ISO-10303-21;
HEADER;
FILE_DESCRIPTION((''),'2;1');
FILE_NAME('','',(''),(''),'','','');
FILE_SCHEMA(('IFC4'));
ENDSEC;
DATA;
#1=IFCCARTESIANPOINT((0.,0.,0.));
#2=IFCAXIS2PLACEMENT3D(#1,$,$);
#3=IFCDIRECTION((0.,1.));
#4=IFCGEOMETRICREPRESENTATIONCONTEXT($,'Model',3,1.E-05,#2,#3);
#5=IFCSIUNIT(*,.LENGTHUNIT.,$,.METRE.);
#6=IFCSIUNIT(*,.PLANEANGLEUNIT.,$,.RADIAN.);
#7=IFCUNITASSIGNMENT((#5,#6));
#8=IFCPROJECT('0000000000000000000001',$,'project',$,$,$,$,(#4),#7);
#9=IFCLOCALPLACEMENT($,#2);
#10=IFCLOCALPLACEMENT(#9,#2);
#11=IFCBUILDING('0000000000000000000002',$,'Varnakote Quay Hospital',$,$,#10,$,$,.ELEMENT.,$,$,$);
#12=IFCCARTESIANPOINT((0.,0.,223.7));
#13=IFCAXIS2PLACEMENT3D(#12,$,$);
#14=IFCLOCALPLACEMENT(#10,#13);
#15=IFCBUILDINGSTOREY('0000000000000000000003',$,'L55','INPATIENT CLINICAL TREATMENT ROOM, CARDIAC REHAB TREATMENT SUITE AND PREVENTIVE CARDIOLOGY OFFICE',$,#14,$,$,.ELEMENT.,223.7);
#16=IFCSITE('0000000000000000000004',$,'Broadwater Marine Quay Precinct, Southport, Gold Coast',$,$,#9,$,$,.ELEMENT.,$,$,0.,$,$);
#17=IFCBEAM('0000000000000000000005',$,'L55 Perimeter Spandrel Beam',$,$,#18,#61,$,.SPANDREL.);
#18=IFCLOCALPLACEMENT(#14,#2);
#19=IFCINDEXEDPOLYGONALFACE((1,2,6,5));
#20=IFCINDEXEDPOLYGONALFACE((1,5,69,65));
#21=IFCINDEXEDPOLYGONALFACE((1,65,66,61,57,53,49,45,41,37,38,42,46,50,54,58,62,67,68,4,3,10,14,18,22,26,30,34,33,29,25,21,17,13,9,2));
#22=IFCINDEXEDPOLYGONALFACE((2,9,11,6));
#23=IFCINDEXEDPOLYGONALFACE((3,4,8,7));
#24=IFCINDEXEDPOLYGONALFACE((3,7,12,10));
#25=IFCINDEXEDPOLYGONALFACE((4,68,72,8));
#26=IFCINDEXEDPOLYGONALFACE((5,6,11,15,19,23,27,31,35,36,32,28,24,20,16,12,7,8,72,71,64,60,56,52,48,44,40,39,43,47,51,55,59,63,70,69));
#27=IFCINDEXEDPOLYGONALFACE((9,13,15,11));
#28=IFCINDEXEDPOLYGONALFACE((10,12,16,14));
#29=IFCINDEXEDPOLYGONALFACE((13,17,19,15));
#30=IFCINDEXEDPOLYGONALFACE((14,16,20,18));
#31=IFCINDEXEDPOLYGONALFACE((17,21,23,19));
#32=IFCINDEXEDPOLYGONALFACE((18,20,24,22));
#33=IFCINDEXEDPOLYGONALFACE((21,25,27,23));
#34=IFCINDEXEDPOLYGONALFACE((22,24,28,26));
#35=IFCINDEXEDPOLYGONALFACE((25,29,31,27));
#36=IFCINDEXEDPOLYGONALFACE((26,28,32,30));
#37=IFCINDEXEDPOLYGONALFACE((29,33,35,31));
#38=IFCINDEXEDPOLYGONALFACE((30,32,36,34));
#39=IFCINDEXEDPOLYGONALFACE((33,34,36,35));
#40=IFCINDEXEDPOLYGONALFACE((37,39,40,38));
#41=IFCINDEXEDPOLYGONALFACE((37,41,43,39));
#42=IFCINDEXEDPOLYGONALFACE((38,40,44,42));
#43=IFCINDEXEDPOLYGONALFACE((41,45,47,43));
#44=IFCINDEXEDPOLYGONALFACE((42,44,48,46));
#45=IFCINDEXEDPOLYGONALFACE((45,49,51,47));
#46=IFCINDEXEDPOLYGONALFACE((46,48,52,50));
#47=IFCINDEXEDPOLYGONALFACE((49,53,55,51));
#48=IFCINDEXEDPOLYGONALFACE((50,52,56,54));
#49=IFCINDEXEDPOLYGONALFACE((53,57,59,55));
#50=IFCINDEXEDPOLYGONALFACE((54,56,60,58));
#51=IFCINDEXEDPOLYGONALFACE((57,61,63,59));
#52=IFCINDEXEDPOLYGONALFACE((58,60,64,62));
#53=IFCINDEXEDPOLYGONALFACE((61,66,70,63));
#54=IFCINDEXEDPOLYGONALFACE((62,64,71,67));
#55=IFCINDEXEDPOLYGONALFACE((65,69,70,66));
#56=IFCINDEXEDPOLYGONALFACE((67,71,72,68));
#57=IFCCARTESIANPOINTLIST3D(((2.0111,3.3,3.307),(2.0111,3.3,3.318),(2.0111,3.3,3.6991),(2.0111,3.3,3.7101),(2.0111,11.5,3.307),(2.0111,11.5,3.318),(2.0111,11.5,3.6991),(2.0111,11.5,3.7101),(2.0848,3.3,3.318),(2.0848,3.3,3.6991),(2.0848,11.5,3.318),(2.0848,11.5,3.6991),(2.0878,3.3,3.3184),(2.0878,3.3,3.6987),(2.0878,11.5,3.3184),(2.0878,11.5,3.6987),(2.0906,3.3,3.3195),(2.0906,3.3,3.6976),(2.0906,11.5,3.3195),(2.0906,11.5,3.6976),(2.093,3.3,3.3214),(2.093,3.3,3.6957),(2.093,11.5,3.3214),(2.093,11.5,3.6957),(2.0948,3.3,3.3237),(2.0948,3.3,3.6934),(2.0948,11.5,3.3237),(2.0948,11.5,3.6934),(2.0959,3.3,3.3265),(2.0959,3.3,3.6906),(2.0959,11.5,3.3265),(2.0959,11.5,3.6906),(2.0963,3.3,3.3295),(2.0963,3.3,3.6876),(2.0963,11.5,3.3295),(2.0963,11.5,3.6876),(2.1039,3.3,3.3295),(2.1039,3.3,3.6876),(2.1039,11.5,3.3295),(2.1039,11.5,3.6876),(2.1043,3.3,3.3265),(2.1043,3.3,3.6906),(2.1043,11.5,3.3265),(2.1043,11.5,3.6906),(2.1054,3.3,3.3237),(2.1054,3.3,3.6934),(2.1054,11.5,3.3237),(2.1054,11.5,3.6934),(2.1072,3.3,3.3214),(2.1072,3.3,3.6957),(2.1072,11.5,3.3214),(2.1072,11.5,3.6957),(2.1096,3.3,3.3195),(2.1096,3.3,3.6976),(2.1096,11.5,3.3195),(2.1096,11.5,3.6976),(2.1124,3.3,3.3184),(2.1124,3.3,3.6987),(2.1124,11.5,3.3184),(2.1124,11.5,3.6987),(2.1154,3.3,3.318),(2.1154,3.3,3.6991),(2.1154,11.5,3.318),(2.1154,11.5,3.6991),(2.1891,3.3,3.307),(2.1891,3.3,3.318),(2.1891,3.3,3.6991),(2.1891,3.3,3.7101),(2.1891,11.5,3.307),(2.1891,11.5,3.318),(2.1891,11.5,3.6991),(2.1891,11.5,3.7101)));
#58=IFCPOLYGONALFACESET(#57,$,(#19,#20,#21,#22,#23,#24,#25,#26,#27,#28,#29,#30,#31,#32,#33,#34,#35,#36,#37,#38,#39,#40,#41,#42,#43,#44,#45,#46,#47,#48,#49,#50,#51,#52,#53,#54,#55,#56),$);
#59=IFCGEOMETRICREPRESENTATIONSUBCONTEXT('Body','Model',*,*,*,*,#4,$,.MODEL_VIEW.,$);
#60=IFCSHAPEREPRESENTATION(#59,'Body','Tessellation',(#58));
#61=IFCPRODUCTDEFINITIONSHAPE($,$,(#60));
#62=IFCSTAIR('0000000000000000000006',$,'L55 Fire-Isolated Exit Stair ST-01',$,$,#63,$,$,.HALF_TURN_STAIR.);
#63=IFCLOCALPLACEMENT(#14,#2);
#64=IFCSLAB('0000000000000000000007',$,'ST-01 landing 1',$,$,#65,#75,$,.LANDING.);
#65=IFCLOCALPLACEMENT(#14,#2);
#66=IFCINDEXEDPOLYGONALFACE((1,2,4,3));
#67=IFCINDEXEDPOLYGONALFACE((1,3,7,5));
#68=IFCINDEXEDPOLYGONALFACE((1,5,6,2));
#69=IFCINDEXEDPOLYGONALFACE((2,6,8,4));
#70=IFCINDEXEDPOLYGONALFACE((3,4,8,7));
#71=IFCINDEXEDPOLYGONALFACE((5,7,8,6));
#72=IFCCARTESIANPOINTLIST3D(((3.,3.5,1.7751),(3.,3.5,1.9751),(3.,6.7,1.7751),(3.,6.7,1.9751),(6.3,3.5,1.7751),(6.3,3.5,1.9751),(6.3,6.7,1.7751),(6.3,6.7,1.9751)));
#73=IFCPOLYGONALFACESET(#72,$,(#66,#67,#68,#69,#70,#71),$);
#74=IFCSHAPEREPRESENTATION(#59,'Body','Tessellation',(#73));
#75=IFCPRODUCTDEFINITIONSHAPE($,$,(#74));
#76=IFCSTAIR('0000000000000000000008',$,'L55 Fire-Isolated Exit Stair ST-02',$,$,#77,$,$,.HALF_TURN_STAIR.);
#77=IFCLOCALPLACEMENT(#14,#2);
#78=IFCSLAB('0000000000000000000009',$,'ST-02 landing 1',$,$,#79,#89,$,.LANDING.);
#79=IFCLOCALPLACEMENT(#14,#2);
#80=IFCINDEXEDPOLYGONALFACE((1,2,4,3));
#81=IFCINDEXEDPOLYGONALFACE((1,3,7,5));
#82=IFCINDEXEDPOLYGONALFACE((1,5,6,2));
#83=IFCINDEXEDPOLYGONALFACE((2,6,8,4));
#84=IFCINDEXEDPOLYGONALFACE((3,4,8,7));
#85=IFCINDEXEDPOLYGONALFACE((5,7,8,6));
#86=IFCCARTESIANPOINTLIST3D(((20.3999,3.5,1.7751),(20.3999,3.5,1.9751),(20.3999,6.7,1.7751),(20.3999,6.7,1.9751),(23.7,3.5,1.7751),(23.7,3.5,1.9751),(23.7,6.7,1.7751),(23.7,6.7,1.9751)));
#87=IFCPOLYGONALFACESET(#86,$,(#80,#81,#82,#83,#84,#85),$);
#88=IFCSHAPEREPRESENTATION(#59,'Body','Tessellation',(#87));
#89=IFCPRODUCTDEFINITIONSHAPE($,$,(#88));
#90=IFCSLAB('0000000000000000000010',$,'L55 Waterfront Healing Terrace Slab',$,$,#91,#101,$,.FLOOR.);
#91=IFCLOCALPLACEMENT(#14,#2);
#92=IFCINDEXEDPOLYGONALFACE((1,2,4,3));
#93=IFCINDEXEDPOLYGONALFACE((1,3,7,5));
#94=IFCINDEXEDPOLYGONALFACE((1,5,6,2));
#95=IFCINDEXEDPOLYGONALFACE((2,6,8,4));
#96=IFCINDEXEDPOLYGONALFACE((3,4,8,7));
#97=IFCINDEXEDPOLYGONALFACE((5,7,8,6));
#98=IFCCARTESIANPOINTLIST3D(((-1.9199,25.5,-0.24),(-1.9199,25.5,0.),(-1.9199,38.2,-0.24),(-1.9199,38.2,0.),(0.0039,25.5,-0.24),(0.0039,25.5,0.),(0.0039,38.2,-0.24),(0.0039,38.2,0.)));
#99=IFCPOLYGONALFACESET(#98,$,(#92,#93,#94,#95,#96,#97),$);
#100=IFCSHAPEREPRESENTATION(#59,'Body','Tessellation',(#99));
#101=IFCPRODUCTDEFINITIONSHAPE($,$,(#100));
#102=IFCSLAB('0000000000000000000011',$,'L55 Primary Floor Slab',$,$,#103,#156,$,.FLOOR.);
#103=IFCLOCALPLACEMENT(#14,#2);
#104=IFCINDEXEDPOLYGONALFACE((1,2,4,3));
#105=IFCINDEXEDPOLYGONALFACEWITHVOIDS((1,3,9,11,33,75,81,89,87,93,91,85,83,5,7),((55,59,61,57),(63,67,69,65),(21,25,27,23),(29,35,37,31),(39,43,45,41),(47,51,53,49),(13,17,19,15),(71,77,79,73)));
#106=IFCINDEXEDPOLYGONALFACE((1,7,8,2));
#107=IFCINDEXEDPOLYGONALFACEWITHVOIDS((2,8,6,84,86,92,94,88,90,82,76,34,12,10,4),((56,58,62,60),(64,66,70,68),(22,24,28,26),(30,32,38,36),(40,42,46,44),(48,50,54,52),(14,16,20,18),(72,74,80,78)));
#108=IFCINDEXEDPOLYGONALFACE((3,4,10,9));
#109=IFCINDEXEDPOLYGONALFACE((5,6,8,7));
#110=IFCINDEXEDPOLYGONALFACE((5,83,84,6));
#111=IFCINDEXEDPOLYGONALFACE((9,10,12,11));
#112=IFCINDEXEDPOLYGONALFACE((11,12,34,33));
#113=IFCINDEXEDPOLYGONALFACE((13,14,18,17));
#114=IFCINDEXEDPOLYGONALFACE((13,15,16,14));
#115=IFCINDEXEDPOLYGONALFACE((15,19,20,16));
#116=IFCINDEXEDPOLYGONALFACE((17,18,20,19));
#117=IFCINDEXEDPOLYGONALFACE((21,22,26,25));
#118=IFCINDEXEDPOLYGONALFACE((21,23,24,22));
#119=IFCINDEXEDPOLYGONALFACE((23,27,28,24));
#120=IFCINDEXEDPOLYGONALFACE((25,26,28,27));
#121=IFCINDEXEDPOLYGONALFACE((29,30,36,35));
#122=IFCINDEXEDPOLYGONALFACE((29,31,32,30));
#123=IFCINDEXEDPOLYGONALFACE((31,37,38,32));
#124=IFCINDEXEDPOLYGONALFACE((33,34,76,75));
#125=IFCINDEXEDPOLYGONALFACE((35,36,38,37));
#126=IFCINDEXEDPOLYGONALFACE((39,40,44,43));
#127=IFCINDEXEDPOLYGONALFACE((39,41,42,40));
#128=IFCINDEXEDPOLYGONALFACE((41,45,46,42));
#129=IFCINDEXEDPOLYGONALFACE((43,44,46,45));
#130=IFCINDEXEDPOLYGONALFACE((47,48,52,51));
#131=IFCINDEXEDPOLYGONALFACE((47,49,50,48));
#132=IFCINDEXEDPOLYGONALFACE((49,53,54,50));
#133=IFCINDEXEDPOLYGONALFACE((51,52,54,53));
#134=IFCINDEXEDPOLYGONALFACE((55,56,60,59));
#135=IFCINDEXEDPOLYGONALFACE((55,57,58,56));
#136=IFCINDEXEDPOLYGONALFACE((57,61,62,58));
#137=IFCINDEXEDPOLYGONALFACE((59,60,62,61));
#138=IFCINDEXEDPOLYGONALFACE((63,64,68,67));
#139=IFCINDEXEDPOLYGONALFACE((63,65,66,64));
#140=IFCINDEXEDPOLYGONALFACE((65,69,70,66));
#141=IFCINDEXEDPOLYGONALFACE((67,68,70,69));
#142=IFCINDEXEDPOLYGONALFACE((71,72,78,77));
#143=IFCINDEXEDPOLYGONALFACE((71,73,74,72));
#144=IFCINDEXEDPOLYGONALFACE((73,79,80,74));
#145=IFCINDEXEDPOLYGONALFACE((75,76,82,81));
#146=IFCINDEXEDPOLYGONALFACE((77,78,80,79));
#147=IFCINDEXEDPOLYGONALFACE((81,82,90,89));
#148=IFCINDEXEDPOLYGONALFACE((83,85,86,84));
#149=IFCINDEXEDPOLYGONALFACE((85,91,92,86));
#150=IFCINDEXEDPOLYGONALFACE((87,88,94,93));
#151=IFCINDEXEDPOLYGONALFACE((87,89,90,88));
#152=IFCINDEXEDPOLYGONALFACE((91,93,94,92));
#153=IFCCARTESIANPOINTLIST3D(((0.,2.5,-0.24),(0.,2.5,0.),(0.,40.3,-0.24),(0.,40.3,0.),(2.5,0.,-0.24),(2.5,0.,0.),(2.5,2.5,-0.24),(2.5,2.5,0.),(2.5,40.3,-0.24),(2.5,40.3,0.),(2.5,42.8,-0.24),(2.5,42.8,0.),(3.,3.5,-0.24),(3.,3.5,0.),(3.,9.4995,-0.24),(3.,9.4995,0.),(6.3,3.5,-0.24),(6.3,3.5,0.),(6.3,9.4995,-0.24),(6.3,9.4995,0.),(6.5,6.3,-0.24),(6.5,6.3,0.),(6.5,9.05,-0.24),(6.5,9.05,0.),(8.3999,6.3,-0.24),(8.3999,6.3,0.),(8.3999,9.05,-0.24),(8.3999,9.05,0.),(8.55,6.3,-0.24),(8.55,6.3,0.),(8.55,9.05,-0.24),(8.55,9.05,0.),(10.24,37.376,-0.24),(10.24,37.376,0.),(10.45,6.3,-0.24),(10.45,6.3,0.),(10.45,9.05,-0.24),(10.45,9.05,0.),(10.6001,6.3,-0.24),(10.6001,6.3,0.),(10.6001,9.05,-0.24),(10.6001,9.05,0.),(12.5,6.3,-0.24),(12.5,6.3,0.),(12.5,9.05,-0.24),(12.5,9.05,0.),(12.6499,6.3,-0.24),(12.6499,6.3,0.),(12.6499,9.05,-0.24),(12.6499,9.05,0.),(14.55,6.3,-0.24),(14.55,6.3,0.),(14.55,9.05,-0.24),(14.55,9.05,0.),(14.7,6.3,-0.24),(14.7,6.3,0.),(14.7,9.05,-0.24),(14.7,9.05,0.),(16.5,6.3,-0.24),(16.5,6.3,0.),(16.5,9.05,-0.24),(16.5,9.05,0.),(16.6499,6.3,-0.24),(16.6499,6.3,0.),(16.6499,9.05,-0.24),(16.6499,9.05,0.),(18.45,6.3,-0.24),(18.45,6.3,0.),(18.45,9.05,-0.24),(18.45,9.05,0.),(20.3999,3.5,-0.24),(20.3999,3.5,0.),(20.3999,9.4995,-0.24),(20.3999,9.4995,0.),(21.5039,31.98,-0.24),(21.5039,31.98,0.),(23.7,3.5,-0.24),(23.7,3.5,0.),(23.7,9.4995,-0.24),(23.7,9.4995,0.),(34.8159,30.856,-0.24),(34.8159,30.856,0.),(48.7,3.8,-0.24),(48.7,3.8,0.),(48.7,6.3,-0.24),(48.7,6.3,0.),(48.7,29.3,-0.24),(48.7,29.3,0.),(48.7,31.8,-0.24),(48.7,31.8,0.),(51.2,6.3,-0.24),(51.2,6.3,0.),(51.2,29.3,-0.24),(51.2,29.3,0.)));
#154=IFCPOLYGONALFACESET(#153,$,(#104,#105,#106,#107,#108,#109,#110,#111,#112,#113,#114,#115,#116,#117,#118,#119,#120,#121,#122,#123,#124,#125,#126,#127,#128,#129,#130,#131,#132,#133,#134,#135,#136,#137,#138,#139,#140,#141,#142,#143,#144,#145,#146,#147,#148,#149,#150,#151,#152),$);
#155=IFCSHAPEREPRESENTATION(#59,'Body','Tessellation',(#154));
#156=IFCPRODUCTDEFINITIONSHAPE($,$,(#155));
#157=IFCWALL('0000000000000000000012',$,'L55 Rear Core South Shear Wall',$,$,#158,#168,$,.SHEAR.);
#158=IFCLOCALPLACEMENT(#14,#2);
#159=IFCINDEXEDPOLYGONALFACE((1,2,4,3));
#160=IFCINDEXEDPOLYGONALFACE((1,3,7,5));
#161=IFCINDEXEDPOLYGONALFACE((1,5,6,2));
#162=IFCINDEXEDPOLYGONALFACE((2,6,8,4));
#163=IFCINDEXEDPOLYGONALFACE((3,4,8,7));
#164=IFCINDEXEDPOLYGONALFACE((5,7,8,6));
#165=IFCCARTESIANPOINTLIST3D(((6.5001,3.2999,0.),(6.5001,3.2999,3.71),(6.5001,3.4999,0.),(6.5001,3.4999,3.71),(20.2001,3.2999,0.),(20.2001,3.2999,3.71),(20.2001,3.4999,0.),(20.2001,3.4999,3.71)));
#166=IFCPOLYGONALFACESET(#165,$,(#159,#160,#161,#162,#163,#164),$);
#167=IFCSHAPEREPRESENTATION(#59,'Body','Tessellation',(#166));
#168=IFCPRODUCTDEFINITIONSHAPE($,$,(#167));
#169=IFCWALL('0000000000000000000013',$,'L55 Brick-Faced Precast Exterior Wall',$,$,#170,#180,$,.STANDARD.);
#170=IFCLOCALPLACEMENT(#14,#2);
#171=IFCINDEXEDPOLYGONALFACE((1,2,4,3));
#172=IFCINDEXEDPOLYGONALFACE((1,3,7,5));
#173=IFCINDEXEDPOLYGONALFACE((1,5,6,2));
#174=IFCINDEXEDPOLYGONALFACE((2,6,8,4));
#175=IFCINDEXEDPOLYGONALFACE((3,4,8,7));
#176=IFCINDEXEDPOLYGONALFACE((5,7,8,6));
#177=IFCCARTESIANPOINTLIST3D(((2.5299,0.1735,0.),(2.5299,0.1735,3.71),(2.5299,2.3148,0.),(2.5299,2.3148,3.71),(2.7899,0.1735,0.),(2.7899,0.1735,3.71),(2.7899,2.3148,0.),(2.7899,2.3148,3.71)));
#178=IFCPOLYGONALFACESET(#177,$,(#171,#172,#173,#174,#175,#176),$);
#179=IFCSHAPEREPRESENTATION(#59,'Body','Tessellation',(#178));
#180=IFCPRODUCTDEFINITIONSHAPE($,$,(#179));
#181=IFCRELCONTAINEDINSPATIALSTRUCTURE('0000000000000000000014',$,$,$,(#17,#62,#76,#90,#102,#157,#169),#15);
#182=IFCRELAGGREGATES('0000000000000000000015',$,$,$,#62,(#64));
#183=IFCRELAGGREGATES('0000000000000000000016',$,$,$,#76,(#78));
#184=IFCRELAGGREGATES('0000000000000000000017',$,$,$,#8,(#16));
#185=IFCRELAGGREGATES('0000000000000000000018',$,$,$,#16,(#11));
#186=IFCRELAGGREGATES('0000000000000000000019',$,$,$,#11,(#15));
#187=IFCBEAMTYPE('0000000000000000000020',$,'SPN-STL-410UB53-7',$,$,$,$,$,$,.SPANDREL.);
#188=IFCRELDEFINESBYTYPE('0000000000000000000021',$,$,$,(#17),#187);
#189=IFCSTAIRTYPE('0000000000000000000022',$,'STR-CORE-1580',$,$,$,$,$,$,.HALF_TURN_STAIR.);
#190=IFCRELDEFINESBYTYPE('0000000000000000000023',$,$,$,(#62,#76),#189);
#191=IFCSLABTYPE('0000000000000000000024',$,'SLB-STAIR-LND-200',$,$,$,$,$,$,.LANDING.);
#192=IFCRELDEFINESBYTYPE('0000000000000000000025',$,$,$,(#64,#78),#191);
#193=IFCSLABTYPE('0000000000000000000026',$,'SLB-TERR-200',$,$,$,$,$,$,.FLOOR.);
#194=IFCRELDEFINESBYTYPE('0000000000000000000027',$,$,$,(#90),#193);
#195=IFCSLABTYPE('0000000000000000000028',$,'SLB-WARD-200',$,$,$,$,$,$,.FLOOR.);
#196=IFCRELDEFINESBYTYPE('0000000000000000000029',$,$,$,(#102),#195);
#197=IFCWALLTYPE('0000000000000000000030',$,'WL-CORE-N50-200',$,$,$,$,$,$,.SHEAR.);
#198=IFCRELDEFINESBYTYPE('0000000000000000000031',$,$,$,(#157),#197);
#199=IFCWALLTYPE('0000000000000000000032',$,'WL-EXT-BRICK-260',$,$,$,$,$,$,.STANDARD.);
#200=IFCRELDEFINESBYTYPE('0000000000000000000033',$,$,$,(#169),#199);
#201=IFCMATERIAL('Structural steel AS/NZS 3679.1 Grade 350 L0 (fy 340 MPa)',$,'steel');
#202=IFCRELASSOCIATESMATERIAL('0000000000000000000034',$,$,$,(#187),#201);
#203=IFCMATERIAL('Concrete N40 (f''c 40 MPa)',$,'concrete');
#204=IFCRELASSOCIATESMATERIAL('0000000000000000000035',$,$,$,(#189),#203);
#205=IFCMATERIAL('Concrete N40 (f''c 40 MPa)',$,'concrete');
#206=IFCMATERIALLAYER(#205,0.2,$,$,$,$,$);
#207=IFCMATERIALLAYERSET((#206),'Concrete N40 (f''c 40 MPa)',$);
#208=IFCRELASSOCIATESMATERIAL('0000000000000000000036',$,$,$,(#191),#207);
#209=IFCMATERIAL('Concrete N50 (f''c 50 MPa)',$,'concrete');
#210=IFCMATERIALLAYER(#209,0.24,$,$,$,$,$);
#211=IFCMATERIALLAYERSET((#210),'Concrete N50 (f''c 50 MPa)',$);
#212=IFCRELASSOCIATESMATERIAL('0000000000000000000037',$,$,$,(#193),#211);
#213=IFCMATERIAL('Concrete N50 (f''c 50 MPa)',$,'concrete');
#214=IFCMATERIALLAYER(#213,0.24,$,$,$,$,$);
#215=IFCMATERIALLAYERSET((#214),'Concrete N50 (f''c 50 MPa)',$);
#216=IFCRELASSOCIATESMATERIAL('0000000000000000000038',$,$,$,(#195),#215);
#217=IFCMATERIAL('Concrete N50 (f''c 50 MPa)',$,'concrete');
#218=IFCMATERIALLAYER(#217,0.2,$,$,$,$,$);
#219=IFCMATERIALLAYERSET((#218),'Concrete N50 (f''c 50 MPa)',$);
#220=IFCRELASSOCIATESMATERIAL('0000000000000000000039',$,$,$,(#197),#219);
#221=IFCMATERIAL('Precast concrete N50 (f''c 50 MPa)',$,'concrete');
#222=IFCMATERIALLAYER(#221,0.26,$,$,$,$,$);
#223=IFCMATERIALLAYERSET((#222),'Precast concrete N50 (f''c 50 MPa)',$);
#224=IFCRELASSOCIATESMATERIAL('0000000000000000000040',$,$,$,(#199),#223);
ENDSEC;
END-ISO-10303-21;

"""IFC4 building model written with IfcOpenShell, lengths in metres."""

from ifc_helpers import new_model, si_unit, direction, frame, frame_2d, origin, origin_2d, place, context, subcontext, project, spatial, polyline, rectangle, i_section, outline, extrude, material, layer, layer_set, material_profile, profile_set, type_object, element, aggregate, save


model = new_model("IFC4")

# Units and contexts
model_context = context("Model", 3, precision=1e-05, world=origin(), true_north=direction((0.0, 1.0)))
body_context = subcontext(model_context, "Body", "Model", "MODEL_VIEW")
ifc_project = project(units=[si_unit("LENGTHUNIT", "METRE"), si_unit("PLANEANGLEUNIT", "RADIAN")], contexts=[model_context])

# Site, building, storey
site_placement = place(None, origin())
site = spatial("IfcSite", under=ifc_project, at=site_placement, Name="Broadwater Marine Quay Precinct, Southport, Gold Coast", CompositionType="ELEMENT", RefElevation=0.0)
building_placement = place(site_placement, origin())
building = spatial("IfcBuilding", under=site, at=building_placement, Name="Varnakote Quay Hospital", CompositionType="ELEMENT")
storey_placement = place(building_placement, frame((0.0, 0.0, 223.7)))
storey = spatial("IfcBuildingStorey", under=building, at=storey_placement, Name="L55", Description="INPATIENT CLINICAL TREATMENT ROOM, CARDIAC REHAB TREATMENT SUITE AND PREVENTIVE CARDIOLOGY OFFICE", CompositionType="ELEMENT", Elevation=223.7)

# Beam
ifc_material_1 = material(Name="Structural steel AS/NZS 3679.1 Grade 350 L0 (fy 340 MPa)", Category="steel")
ifc_material_profile_1 = material_profile(ifc_material_1, i_section(OverallWidth=0.178, OverallDepth=0.4031, WebThickness=0.0076, FlangeThickness=0.011, FilletRadius=0.0115, at=origin_2d()), Name="410UB53.7")
ifc_profile_set_1 = profile_set([ifc_material_profile_1], Name="Structural steel AS/NZS 3679.1 Grade 350 L0 (fy 340 MPa)")
beam_type_1 = type_object("IfcBeamType", Name="SPN-STL-410UB53-7", PredefinedType="SPANDREL", material=ifc_profile_set_1)
beam_1_placement = place(storey_placement, frame((2.1001, 3.3, 3.5085), z_axis=(0.0, 1.0, 0.0), x_axis=(-1.0, 0.0, 0.0)))
element("IfcBeam", 1, at=beam_1_placement, inside=storey, type_object=beam_type_1, Name="L55 Perimeter Spandrel Beam", PredefinedType="SPANDREL", context=body_context, shape_type="SweptSolid", body=[
    extrude(i_section(OverallWidth=0.178, OverallDepth=0.4031, WebThickness=0.0076, FlangeThickness=0.011, FilletRadius=0.0115, at=origin_2d()), origin(), (0.0, 0.0, 1.0), 8.2),
])

# Stairs, slabs
ifc_material_2 = material(Name="Concrete N40 (f'c 40 MPa)", Category="concrete")
stair_type = type_object("IfcStairType", Name="STR-CORE-1580", PredefinedType="HALF_TURN_STAIR", material=ifc_material_2)
stair_1_placement = place(storey_placement, origin())
stair_1 = element("IfcStair", 2, at=stair_1_placement, inside=storey, type_object=stair_type, Name="L55 Fire-Isolated Exit Stair ST-01", PredefinedType="HALF_TURN_STAIR")
ifc_material_3 = material(Name="Concrete N40 (f'c 40 MPa)", Category="concrete")
ifc_layer_1 = layer(ifc_material_3, 0.2)
ifc_layer_set_1 = layer_set([ifc_layer_1], Name="Concrete N40 (f'c 40 MPa)")
slab_type_1 = type_object("IfcSlabType", Name="SLB-STAIR-LND-200", PredefinedType="LANDING", material=ifc_layer_set_1)
slab_1_placement = place(storey_placement, frame((0.0, 0.0, 1.7751)))
slab_1 = element("IfcSlab", 3, at=slab_1_placement, type_object=slab_type_1, Name="ST-01 landing 1", PredefinedType="LANDING", context=body_context, shape_type="SweptSolid", body=[
    extrude(outline(polyline([(3.0, 6.7), (3.0, 3.5), (6.3, 3.5), (6.3, 6.7), (3.0, 6.7)])), origin(), (0.0, 0.0, 1.0), 0.2),
])
aggregate(stair_1, [slab_1])
stair_2_placement = place(storey_placement, origin())
stair_2 = element("IfcStair", 4, at=stair_2_placement, inside=storey, type_object=stair_type, Name="L55 Fire-Isolated Exit Stair ST-02", PredefinedType="HALF_TURN_STAIR")
slab_2_placement = place(storey_placement, frame((0.0, 0.0, 1.7751)))
slab_2 = element("IfcSlab", 5, at=slab_2_placement, type_object=slab_type_1, Name="ST-02 landing 1", PredefinedType="LANDING", context=body_context, shape_type="SweptSolid", body=[
    extrude(outline(polyline([(20.3999, 6.7), (20.3999, 3.5), (23.7, 3.5), (23.7, 6.7), (20.3999, 6.7)])), origin(), (0.0, 0.0, 1.0), 0.2),
])
aggregate(stair_2, [slab_2])

# Slabs
ifc_material_4 = material(Name="Concrete N50 (f'c 50 MPa)", Category="concrete")
ifc_layer_2 = layer(ifc_material_4, 0.24)
ifc_layer_set_2 = layer_set([ifc_layer_2], Name="Concrete N50 (f'c 50 MPa)")
slab_type_2 = type_object("IfcSlabType", Name="SLB-TERR-200", PredefinedType="FLOOR", material=ifc_layer_set_2)
slab_3_placement = place(storey_placement, frame((0.0, 0.0, -0.24)))
element("IfcSlab", 6, at=slab_3_placement, inside=storey, type_object=slab_type_2, Name="L55 Waterfront Healing Terrace Slab", PredefinedType="FLOOR", context=body_context, shape_type="SweptSolid", body=[
    extrude(outline(polyline([(0.0039, 25.5), (0.0039, 38.2), (-1.9199, 38.2), (-1.9199, 25.5), (0.0039, 25.5)])), origin(), (0.0, 0.0, 1.0), 0.24),
])
ifc_material_5 = material(Name="Concrete N50 (f'c 50 MPa)", Category="concrete")
ifc_layer_3 = layer(ifc_material_5, 0.24)
ifc_layer_set_3 = layer_set([ifc_layer_3], Name="Concrete N50 (f'c 50 MPa)")
slab_type_3 = type_object("IfcSlabType", Name="SLB-WARD-200", PredefinedType="FLOOR", material=ifc_layer_set_3)
slab_4_placement = place(storey_placement, frame((0.0, 0.0, -0.24)))
element("IfcSlab", 7, at=slab_4_placement, inside=storey, type_object=slab_type_3, Name="L55 Primary Floor Slab", PredefinedType="FLOOR", context=body_context, shape_type="SweptSolid", body=[
    extrude(outline(polyline([(0.0, 2.5), (2.5, 2.5), (2.5, 0.0), (48.7, 3.8), (48.7, 6.3), (51.2, 6.3), (51.2, 29.3), (48.7, 29.3), (48.7, 31.8), (34.8159, 30.856), (21.5039, 31.98), (10.24, 37.376), (2.5, 42.8), (2.5, 40.3), (0.0, 40.3), (0.0, 2.5)]), holes=[polyline([(3.0, 3.5), (6.3, 3.5), (6.3, 9.4995), (3.0, 9.4995), (3.0, 3.5)]), polyline([(20.3999, 3.5), (23.7, 3.5), (23.7, 9.4995), (20.3999, 9.4995), (20.3999, 3.5)]), polyline([(6.5, 6.3), (8.3999, 6.3), (8.3999, 9.05), (6.5, 9.05), (6.5, 6.3)]), polyline([(8.55, 6.3), (10.45, 6.3), (10.45, 9.05), (8.55, 9.05), (8.55, 6.3)]), polyline([(10.6001, 6.3), (12.5, 6.3), (12.5, 9.05), (10.6001, 9.05), (10.6001, 6.3)]), polyline([(12.6499, 6.3), (14.55, 6.3), (14.55, 9.05), (12.6499, 9.05), (12.6499, 6.3)]), polyline([(14.7, 6.3), (16.5, 6.3), (16.5, 9.05), (14.7, 9.05), (14.7, 6.3)]), polyline([(16.6499, 6.3), (18.45, 6.3), (18.45, 9.05), (16.6499, 9.05), (16.6499, 6.3)])]), origin(), (0.0, 0.0, 1.0), 0.24),
])

# Walls
ifc_material_6 = material(Name="Concrete N50 (f'c 50 MPa)", Category="concrete")
ifc_layer_4 = layer(ifc_material_6, 0.2)
ifc_layer_set_4 = layer_set([ifc_layer_4], Name="Concrete N50 (f'c 50 MPa)")
wall_type_1 = type_object("IfcWallType", Name="WL-CORE-N50-200", PredefinedType="SHEAR", material=ifc_layer_set_4)
wall_1_placement = place(storey_placement, frame((6.5, 3.3999, 0.0), z_axis=(0.0, 0.0, 1.0), x_axis=(1.0, 0.0, 0.0)))
element("IfcWall", 8, at=wall_1_placement, inside=storey, type_object=wall_type_1, Name="L55 Rear Core South Shear Wall", PredefinedType="SHEAR", context=body_context, shape_type="SweptSolid", body=[
    extrude(rectangle(XDim=13.7, YDim=0.2, at=frame_2d((6.8501, 0.0))), origin(), (0.0, 0.0, 1.0), 3.71),
])
ifc_material_7 = material(Name="Precast concrete N50 (f'c 50 MPa)", Category="concrete")
ifc_layer_5 = layer(ifc_material_7, 0.26)
ifc_layer_set_5 = layer_set([ifc_layer_5], Name="Precast concrete N50 (f'c 50 MPa)")
wall_type_2 = type_object("IfcWallType", Name="WL-EXT-BRICK-260", PredefinedType="STANDARD", material=ifc_layer_set_5)
wall_2_placement = place(storey_placement, frame((2.6599, 2.3149, 0.0), z_axis=(0.0, 0.0, 1.0), x_axis=(0.0, -1.0, 0.0)))
element("IfcWall", 9, at=wall_2_placement, inside=storey, type_object=wall_type_2, Name="L55 Brick-Faced Precast Exterior Wall", PredefinedType="STANDARD", context=body_context, shape_type="SweptSolid", body=[
    extrude(rectangle(XDim=2.1414, YDim=0.26, at=frame_2d((1.0708, 0.0))), origin(), (0.0, 0.0, 1.0), 3.71),
])

save(model, "model.ifc")
